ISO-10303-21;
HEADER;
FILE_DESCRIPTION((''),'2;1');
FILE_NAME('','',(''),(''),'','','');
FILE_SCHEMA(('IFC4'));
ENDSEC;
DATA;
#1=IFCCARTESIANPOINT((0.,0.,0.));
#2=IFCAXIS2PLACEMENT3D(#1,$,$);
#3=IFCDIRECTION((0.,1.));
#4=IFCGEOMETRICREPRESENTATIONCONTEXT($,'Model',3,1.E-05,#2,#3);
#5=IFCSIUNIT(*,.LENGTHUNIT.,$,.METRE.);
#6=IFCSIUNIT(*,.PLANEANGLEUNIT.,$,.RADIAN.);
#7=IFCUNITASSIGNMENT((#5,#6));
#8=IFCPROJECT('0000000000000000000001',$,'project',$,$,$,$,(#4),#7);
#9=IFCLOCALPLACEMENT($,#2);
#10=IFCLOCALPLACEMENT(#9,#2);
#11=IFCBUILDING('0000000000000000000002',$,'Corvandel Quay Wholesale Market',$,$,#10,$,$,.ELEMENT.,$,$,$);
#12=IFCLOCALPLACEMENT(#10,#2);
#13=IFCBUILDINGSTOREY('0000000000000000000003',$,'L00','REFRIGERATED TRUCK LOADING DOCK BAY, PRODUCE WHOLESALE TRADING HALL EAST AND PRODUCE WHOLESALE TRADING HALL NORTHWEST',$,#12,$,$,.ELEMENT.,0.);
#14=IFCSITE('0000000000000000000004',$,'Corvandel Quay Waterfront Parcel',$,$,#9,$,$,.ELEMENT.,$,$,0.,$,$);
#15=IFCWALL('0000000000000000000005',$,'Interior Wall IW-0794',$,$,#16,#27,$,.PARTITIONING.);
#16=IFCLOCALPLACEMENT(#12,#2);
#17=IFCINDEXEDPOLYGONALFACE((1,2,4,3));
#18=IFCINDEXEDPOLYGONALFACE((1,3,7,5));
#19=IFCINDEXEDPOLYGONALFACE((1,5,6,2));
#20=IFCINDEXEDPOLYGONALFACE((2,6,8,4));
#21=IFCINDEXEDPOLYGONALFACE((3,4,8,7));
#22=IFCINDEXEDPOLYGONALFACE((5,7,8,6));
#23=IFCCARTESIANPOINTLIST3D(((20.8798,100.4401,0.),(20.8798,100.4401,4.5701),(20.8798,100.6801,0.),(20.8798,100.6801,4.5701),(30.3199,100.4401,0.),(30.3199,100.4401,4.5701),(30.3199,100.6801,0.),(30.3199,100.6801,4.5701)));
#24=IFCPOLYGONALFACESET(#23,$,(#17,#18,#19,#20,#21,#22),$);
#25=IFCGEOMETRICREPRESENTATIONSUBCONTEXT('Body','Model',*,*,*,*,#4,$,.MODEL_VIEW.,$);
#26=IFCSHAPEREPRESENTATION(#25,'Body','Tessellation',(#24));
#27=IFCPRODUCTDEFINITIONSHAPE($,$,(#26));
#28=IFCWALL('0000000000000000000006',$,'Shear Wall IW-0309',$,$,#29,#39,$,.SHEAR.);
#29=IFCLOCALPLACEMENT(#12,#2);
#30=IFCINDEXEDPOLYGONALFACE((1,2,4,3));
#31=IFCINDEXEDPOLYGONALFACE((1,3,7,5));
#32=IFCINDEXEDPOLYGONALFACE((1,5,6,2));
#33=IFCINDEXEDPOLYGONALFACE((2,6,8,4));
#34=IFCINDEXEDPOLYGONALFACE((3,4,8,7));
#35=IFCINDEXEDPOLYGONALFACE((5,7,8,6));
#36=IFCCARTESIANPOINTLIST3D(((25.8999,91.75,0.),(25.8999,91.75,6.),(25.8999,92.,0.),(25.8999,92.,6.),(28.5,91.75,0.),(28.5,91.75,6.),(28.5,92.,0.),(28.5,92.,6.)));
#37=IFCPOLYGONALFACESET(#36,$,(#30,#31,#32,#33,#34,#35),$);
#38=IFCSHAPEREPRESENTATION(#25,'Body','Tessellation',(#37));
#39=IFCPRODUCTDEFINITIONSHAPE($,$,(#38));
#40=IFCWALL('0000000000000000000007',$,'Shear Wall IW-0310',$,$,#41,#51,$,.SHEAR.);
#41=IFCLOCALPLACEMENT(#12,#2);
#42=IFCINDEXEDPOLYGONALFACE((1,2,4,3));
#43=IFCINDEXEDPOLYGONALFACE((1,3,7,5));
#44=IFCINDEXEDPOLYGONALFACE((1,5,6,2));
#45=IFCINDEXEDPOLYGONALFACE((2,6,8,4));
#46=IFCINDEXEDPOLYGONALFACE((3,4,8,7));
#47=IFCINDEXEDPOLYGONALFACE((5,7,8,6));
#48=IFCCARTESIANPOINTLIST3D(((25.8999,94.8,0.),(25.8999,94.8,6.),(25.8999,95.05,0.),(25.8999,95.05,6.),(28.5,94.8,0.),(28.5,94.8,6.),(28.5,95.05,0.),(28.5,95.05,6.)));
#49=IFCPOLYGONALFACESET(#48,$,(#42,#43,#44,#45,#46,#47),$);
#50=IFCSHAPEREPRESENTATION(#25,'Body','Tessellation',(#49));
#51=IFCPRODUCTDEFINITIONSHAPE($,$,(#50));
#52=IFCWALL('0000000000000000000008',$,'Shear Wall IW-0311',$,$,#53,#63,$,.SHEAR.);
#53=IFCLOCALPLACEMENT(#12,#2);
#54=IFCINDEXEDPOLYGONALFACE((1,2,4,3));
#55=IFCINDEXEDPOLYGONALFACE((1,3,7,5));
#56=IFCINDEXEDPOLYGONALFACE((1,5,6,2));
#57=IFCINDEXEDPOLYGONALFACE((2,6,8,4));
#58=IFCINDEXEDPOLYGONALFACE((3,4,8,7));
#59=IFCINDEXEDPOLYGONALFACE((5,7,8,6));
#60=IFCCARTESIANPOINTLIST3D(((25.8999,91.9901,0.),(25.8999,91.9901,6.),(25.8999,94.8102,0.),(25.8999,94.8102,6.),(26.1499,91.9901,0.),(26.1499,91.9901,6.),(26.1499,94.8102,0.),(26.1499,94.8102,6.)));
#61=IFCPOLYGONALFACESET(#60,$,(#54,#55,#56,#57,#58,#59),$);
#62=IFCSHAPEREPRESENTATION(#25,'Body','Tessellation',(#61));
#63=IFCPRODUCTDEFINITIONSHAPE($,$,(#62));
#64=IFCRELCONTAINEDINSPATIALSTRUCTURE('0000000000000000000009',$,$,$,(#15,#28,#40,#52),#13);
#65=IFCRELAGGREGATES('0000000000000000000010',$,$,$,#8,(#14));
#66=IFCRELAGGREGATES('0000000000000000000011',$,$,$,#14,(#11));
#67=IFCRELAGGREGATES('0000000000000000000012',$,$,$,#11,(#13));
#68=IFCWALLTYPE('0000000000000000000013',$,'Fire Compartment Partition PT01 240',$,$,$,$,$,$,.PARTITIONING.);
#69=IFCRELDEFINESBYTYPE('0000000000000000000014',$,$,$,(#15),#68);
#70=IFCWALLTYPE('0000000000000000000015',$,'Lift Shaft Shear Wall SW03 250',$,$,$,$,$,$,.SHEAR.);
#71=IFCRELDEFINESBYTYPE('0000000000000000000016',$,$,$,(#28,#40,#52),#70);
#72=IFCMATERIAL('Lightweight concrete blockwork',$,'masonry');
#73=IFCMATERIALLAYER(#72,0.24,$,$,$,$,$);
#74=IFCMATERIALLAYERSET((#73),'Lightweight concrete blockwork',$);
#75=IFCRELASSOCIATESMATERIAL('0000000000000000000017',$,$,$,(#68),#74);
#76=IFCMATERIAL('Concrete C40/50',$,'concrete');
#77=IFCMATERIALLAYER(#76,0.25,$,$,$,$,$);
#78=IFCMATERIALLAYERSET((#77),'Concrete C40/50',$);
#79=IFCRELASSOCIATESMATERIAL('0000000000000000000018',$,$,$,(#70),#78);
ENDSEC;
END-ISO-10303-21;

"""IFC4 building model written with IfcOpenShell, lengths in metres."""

from ifc_helpers import new_model, si_unit, direction, frame, frame_2d, origin, place, context, subcontext, project, spatial, rectangle, extrude, material, layer, layer_set, type_object, element, save


model = new_model("IFC4")

# Units and contexts
model_context = context("Model", 3, precision=1e-05, world=origin(), true_north=direction((0.0, 1.0)))
body_context = subcontext(model_context, "Body", "Model", "MODEL_VIEW")
ifc_project = project(units=[si_unit("LENGTHUNIT", "METRE"), si_unit("PLANEANGLEUNIT", "RADIAN")], contexts=[model_context])

# Site, building, storey
site_placement = place(None, origin())
site = spatial("IfcSite", under=ifc_project, at=site_placement, Name="Corvandel Quay Waterfront Parcel", CompositionType="ELEMENT", RefElevation=0.0)
building_placement = place(site_placement, origin())
building = spatial("IfcBuilding", under=site, at=building_placement, Name="Corvandel Quay Wholesale Market", CompositionType="ELEMENT")
storey_placement = place(building_placement, origin())
storey = spatial("IfcBuildingStorey", under=building, at=storey_placement, Name="L00", Description="REFRIGERATED TRUCK LOADING DOCK BAY, PRODUCE WHOLESALE TRADING HALL EAST AND PRODUCE WHOLESALE TRADING HALL NORTHWEST", CompositionType="ELEMENT", Elevation=0.0)

# Shared definitions
ifc_material_1 = material(Name="Concrete C40/50", Category="concrete")

# Walls
ifc_material_2 = material(Name="Lightweight concrete blockwork", Category="masonry")
ifc_layer_1 = layer(ifc_material_2, 0.24)
ifc_layer_set_1 = layer_set([ifc_layer_1], Name="Lightweight concrete blockwork")
wall_type_1 = type_object("IfcWallType", Name="Fire Compartment Partition PT01 240", PredefinedType="PARTITIONING", material=ifc_layer_set_1)
wall_1_placement = place(storey_placement, frame((30.3201, 100.5601, 0.0), z_axis=(0.0, 0.0, 1.0), x_axis=(-1.0, 0.0, 0.0)))
element("IfcWall", 1, at=wall_1_placement, inside=storey, type_object=wall_type_1, Name="Interior Wall IW-0794", PredefinedType="PARTITIONING", context=body_context, shape_type="SweptSolid", body=[
    extrude(rectangle(XDim=9.4402, YDim=0.24, at=frame_2d((4.7202, 0.0))), origin(), (0.0, 0.0, 1.0), 4.5701),
])
ifc_layer_2 = layer(ifc_material_1, 0.25)
ifc_layer_set_2 = layer_set([ifc_layer_2], Name="Concrete C40/50")
wall_type_2 = type_object("IfcWallType", Name="Lift Shaft Shear Wall SW03 250", PredefinedType="SHEAR", material=ifc_layer_set_2)
for number, where, z_axis, x_axis, name in (
    (2, (25.8999, 91.875, 0.0), (0.0, 0.0, 1.0), (1.0, 0.0, 0.0), "Shear Wall IW-0309"),
    (3, (25.8999, 94.925, 0.0), (0.0, 0.0, 1.0), (1.0, 0.0, 0.0), "Shear Wall IW-0310"),
):
    element("IfcWall", number, at=place(storey_placement, frame(where, z_axis=z_axis, x_axis=x_axis)), inside=storey, type_object=wall_type_2, Name=name, PredefinedType="SHEAR", context=body_context, shape_type="SweptSolid", body=[
        extrude(rectangle(XDim=2.6001, YDim=0.25, at=frame_2d((1.3, 0.0))), origin(), (0.0, 0.0, 1.0), 6.0),
    ])
wall_2_placement = place(storey_placement, frame((26.0249, 91.99, 0.0), z_axis=(0.0, 0.0, 1.0), x_axis=(0.0, 1.0, 0.0)))
element("IfcWall", 4, at=wall_2_placement, inside=storey, type_object=wall_type_2, Name="Shear Wall IW-0311", PredefinedType="SHEAR", context=body_context, shape_type="SweptSolid", body=[
    extrude(rectangle(XDim=2.8201, YDim=0.25, at=frame_2d((1.4102, 0.0))), origin(), (0.0, 0.0, 1.0), 6.0),
])

save(model, "model.ifc")
